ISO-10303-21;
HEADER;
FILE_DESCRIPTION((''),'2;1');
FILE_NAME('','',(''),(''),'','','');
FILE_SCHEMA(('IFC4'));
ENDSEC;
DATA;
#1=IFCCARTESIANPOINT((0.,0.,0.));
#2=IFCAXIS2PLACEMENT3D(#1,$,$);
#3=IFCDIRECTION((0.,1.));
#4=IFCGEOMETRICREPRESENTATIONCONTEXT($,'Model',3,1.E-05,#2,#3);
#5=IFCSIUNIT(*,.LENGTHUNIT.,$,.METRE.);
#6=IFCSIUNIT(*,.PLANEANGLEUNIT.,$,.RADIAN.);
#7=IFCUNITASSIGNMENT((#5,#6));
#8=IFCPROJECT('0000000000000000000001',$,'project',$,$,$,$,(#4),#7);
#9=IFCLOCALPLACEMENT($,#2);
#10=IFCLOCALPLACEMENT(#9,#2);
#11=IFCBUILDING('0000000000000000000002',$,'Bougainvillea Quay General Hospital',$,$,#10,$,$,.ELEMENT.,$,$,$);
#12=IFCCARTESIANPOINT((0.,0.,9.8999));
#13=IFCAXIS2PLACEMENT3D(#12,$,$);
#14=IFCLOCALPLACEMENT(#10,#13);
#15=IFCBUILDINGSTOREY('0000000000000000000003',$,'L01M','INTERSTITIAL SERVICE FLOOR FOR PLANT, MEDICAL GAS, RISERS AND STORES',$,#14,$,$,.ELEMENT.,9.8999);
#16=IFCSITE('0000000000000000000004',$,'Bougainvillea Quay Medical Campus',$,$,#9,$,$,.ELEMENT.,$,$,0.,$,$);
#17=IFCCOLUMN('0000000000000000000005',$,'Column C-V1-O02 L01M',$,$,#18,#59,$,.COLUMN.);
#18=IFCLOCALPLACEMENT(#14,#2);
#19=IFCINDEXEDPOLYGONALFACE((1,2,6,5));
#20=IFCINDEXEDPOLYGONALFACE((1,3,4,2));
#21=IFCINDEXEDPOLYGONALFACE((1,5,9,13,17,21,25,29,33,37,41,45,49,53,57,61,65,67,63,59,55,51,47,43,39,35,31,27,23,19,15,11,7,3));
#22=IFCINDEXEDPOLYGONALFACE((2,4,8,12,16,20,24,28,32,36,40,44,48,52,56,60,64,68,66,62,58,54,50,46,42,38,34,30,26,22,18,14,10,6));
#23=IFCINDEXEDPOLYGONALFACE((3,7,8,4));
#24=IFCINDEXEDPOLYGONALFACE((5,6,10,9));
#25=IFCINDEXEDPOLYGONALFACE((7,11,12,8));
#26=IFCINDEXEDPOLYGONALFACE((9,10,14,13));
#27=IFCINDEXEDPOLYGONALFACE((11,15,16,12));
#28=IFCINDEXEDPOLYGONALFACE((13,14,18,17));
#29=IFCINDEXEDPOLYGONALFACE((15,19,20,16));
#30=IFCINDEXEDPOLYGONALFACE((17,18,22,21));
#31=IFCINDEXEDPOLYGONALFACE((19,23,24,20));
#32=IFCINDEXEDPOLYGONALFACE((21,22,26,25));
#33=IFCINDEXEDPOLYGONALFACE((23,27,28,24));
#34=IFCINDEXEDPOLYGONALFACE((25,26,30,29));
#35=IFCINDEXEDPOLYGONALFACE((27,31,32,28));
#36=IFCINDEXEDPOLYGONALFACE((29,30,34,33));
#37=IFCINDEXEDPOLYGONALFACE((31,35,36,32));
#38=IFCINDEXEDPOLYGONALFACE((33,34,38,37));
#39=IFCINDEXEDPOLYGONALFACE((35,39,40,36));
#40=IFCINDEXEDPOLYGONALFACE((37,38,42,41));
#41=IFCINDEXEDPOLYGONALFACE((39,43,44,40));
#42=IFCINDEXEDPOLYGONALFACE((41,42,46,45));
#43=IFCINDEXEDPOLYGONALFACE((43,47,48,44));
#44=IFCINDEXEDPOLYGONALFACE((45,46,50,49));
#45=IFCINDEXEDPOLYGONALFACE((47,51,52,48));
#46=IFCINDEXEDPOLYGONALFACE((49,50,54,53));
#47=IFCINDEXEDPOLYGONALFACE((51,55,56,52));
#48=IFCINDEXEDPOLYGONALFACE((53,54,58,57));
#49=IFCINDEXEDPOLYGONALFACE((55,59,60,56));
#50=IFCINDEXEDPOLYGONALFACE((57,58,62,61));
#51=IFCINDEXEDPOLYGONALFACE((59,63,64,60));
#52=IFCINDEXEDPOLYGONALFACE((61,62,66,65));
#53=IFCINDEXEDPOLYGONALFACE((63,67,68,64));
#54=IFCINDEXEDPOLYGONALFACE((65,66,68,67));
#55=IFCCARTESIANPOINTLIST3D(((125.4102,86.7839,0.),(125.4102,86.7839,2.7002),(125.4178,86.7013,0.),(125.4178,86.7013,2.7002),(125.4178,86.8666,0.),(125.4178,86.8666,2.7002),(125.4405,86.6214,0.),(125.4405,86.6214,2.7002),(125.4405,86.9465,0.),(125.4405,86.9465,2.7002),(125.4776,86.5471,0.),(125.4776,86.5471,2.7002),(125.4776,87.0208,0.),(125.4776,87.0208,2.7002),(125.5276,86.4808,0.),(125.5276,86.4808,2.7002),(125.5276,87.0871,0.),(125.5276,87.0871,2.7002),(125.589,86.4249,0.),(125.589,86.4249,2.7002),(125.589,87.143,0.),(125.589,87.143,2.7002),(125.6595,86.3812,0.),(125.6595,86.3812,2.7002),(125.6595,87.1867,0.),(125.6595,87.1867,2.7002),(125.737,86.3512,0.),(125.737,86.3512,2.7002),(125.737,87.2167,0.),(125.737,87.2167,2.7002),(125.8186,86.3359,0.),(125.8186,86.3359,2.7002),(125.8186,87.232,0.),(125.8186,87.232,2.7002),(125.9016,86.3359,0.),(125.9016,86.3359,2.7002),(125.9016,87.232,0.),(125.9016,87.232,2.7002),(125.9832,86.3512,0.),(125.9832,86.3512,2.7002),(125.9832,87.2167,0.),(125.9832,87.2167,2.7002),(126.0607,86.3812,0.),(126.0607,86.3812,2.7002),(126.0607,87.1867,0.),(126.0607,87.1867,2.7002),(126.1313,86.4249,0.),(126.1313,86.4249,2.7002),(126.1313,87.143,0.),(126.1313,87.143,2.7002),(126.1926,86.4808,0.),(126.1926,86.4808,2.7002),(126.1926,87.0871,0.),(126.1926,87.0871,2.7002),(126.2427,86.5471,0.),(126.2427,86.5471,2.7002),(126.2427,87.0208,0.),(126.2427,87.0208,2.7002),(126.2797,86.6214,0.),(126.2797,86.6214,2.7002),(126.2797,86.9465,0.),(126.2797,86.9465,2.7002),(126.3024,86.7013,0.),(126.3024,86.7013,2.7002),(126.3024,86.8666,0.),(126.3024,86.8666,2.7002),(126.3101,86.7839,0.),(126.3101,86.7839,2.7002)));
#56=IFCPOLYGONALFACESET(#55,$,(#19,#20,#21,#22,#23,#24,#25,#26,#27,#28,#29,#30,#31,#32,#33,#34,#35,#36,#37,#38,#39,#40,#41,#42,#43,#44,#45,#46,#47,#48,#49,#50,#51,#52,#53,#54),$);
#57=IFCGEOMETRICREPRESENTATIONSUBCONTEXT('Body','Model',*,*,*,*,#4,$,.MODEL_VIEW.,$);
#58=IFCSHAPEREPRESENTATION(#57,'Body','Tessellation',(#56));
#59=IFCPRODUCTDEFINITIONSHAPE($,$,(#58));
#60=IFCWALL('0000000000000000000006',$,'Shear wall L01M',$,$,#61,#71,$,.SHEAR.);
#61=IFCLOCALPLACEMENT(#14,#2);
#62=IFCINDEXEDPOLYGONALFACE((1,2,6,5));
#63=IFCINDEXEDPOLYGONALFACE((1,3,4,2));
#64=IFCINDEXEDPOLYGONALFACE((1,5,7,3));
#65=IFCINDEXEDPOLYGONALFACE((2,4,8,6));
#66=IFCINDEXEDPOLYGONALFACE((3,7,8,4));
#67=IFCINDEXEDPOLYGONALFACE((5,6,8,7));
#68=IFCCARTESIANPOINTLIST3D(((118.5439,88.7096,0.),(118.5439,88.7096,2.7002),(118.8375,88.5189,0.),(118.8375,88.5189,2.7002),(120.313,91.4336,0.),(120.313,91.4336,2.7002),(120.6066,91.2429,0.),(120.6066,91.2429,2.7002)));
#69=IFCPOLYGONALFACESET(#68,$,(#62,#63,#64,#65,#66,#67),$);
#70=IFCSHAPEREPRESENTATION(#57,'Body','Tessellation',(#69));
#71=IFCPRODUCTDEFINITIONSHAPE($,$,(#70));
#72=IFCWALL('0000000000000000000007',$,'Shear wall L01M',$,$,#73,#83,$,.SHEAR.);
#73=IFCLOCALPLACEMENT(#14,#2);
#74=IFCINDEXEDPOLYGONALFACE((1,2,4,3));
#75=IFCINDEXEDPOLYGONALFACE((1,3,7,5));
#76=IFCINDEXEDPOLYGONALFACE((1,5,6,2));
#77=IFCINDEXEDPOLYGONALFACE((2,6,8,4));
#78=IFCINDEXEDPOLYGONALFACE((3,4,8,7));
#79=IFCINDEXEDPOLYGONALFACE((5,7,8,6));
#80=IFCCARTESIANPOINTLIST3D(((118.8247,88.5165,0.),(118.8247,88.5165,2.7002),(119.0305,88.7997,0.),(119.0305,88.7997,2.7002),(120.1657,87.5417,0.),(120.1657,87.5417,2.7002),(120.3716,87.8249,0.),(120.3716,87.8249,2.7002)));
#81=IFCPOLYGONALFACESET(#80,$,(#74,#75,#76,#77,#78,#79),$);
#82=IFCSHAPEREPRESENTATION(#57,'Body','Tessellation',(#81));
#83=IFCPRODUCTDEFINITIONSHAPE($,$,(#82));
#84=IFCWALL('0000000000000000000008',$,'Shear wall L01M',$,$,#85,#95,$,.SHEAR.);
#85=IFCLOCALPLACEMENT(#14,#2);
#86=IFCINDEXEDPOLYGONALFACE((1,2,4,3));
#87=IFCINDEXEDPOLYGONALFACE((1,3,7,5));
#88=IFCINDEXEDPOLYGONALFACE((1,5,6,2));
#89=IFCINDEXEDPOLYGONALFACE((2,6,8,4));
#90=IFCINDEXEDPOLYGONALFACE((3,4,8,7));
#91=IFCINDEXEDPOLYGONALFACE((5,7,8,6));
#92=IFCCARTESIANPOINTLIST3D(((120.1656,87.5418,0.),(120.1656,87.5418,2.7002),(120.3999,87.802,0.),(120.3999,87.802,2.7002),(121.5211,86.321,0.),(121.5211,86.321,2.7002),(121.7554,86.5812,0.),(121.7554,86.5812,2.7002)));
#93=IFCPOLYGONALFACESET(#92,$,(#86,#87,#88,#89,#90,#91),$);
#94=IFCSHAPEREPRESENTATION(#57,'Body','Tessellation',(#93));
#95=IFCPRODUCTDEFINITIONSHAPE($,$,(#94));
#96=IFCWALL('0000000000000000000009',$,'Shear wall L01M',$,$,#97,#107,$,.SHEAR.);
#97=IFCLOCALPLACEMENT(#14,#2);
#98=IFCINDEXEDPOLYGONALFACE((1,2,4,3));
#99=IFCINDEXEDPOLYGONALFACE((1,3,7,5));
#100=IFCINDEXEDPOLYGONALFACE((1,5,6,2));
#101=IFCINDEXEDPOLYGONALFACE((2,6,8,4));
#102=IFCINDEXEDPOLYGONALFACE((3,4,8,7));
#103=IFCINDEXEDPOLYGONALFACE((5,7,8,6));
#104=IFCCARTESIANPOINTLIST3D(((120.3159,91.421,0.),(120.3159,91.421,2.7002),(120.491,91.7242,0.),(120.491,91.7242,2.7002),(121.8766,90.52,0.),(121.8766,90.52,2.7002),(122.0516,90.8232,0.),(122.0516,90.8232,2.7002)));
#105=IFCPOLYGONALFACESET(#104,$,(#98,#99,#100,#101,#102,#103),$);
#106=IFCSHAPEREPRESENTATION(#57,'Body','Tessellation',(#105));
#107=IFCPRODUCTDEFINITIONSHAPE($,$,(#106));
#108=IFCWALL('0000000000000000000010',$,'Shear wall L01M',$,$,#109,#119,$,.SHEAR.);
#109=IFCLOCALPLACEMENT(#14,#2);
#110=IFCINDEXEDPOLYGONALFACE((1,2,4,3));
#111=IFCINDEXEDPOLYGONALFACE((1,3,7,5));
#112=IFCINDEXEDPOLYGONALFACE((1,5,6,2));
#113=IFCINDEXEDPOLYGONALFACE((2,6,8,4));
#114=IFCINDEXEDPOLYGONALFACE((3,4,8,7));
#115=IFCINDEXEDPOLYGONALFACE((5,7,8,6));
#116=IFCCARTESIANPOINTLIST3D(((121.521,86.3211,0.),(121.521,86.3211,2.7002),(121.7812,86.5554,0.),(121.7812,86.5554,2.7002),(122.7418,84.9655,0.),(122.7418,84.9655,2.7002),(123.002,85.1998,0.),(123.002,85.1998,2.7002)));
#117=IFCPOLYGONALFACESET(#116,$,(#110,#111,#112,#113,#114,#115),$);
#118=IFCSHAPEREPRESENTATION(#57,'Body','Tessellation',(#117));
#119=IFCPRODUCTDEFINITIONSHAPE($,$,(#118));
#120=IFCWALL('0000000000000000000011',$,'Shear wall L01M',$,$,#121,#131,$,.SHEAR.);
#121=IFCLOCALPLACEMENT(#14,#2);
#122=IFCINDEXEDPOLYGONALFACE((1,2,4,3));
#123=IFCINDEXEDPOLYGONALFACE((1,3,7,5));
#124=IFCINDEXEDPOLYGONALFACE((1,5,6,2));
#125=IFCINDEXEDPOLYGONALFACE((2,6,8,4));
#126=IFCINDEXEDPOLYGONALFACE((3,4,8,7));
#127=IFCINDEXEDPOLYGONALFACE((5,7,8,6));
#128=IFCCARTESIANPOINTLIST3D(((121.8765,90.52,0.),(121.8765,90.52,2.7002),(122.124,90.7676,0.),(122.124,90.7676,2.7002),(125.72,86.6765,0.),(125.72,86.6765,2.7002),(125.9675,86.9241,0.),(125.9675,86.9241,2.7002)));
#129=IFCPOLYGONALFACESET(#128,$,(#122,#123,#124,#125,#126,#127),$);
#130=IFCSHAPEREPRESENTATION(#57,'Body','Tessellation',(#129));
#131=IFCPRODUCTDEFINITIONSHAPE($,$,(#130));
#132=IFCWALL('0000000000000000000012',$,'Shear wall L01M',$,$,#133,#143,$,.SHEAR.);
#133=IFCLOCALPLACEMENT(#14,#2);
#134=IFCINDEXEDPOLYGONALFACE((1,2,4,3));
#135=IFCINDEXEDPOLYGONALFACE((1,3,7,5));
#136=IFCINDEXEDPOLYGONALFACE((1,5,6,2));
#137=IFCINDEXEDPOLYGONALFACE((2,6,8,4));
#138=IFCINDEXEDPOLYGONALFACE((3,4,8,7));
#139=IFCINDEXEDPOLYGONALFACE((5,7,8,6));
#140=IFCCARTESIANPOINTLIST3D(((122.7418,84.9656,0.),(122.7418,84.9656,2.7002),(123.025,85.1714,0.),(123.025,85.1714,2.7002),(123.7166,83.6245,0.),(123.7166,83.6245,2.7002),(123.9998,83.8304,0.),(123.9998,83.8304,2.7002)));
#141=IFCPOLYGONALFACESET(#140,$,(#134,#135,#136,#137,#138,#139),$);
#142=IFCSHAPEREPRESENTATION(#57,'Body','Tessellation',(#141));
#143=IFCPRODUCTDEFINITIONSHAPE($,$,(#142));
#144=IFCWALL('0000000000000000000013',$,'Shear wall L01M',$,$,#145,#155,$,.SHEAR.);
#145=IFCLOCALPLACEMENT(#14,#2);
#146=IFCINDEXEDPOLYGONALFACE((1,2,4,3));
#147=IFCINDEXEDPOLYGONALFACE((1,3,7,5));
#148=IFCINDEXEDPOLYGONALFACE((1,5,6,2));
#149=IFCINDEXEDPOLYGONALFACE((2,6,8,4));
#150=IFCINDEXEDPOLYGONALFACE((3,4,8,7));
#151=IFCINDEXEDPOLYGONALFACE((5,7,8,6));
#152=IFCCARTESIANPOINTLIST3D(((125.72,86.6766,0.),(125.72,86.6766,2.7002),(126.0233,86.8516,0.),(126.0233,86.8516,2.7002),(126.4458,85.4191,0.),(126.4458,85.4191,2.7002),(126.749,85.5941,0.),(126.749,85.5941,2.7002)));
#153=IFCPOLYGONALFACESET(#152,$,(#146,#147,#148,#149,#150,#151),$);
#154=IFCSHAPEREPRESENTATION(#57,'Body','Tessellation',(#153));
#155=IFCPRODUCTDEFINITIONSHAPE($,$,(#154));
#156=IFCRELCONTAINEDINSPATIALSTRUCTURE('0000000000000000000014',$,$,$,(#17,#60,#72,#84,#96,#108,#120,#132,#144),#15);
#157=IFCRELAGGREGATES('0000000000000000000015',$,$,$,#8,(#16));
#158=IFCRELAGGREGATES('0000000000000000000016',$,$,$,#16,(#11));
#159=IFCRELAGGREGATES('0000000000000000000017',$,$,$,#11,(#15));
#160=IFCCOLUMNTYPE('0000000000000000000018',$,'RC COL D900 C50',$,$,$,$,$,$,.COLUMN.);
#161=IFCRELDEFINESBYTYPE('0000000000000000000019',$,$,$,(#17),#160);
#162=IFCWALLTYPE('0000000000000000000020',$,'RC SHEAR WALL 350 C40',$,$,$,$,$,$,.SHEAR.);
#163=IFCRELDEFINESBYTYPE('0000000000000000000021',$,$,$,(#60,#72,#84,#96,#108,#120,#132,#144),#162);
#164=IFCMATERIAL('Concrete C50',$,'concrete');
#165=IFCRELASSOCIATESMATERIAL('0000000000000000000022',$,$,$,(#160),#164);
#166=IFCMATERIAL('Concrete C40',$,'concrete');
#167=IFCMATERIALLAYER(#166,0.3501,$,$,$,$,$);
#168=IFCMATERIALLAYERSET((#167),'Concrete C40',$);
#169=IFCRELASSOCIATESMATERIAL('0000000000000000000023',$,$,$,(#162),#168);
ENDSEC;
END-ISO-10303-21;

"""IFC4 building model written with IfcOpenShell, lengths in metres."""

from ifc_helpers import new_model, si_unit, direction, frame, frame_2d, origin, origin_2d, place, context, subcontext, project, spatial, rectangle, circle, extrude, material, layer, layer_set, material_profile, profile_set, type_object, element, save


model = new_model("IFC4")

# Units and contexts
model_context = context("Model", 3, precision=1e-05, world=origin(), true_north=direction((0.0, 1.0)))
body_context = subcontext(model_context, "Body", "Model", "MODEL_VIEW")
ifc_project = project(units=[si_unit("LENGTHUNIT", "METRE"), si_unit("PLANEANGLEUNIT", "RADIAN")], contexts=[model_context])

# Site, building, storey
site_placement = place(None, origin())
site = spatial("IfcSite", under=ifc_project, at=site_placement, Name="Bougainvillea Quay Medical Campus", CompositionType="ELEMENT", RefElevation=0.0)
building_placement = place(site_placement, origin())
building = spatial("IfcBuilding", under=site, at=building_placement, Name="Bougainvillea Quay General Hospital", CompositionType="ELEMENT")
storey_placement = place(building_placement, frame((0.0, 0.0, 9.8999)))
storey = spatial("IfcBuildingStorey", under=building, at=storey_placement, Name="L01M", Description="INTERSTITIAL SERVICE FLOOR FOR PLANT, MEDICAL GAS, RISERS AND STORES", CompositionType="ELEMENT", Elevation=9.8999)

# Column
ifc_material_1 = material(Name="Concrete C50", Category="concrete")
ifc_material_profile = material_profile(ifc_material_1, circle(Radius=0.45, at=origin_2d()))
ifc_profile_set = profile_set([ifc_material_profile], Name="Concrete C50")
column_type = type_object("IfcColumnType", Name="RC COL D900 C50", PredefinedType="COLUMN", material=ifc_profile_set)
for number, where, z_axis, x_axis, name in (
    (1, (125.8601, 86.7839, 0.0), (0.0, 0.0, 1.0), (1.0, 0.0, 0.0), "Column C-V1-O02 L01M"),
):
    element("IfcColumn", number, at=place(storey_placement, frame(where, z_axis=z_axis, x_axis=x_axis)), inside=storey, type_object=column_type, Name=name, PredefinedType="COLUMN", context=body_context, shape_type="SweptSolid", body=[
        extrude(circle(Radius=0.45, at=origin_2d()), origin(), (0.0, 0.0, 1.0), 2.7002),
    ])

# Walls
ifc_material_2 = material(Name="Concrete C40", Category="concrete")
ifc_layer = layer(ifc_material_2, 0.3501)
ifc_layer_set = layer_set([ifc_layer], Name="Concrete C40")
wall_type = type_object("IfcWallType", Name="RC SHEAR WALL 350 C40", PredefinedType="SHEAR", material=ifc_layer_set)
wall_1_placement = place(storey_placement, frame((118.6907, 88.6143, 0.0), z_axis=(0.0, 0.0, 1.0), x_axis=(0.544669, 0.838651, 0.0)))
element("IfcWall", 2, at=wall_1_placement, inside=storey, type_object=wall_type, Name="Shear wall L01M", PredefinedType="SHEAR", context=body_context, shape_type="SweptSolid", body=[
    extrude(rectangle(XDim=3.248, YDim=0.3501, at=frame_2d((1.624, 0.0))), origin(), (0.0, 0.0, 1.0), 2.7002),
])
wall_2_placement = place(storey_placement, frame((118.9275, 88.6582, 0.0), z_axis=(0.0, 0.0, 1.0), x_axis=(0.80887, -0.587988, 0.0)))
element("IfcWall", 3, at=wall_2_placement, inside=storey, type_object=wall_type, Name="Shear wall L01M", PredefinedType="SHEAR", context=body_context, shape_type="SweptSolid", body=[
    extrude(rectangle(XDim=1.658, YDim=0.3501, at=frame_2d((0.8291, 0.0))), origin(), (0.0, 0.0, 1.0), 2.7002),
])
wall_3_placement = place(storey_placement, frame((120.2827, 87.6719, 0.0), z_axis=(0.0, 0.0, 1.0), x_axis=(0.743081, -0.669201, 0.0)))
element("IfcWall", 4, at=wall_3_placement, inside=storey, type_object=wall_type, Name="Shear wall L01M", PredefinedType="SHEAR", context=body_context, shape_type="SweptSolid", body=[
    extrude(rectangle(XDim=1.8242, YDim=0.3501, at=frame_2d((0.9121, 0.0))), origin(), (0.0, 0.0, 1.0), 2.7002),
])
wall_4_placement = place(storey_placement, frame((120.4036, 91.5725, 0.0), z_axis=(0.0, 0.0, 1.0), x_axis=(0.86605, -0.499957, 0.0)))
element("IfcWall", 5, at=wall_4_placement, inside=storey, type_object=wall_type, Name="Shear wall L01M", PredefinedType="SHEAR", context=body_context, shape_type="SweptSolid", body=[
    extrude(rectangle(XDim=1.802, YDim=0.3501, at=frame_2d((0.9009, 0.0))), origin(), (0.0, 0.0, 1.0), 2.7002),
])
wall_5_placement = place(storey_placement, frame((121.6511, 86.4382, 0.0), z_axis=(0.0, 0.0, 1.0), x_axis=(0.669201, -0.743081, 0.0)))
element("IfcWall", 6, at=wall_5_placement, inside=storey, type_object=wall_type, Name="Shear wall L01M", PredefinedType="SHEAR", context=body_context, shape_type="SweptSolid", body=[
    extrude(rectangle(XDim=1.8242, YDim=0.3501, at=frame_2d((0.9121, 0.0))), origin(), (0.0, 0.0, 1.0), 2.7002),
])
wall_6_placement = place(storey_placement, frame((122.0002, 90.6438, 0.0), z_axis=(0.0, 0.0, 1.0), x_axis=(0.707107, -0.707107, 0.0)))
element("IfcWall", 7, at=wall_6_placement, inside=storey, type_object=wall_type, Name="Shear wall L01M", PredefinedType="SHEAR", context=body_context, shape_type="SweptSolid", body=[
    extrude(rectangle(XDim=5.4355, YDim=0.3501, at=frame_2d((2.7178, 0.0))), origin(), (0.0, 0.0, 1.0), 2.7002),
])
wall_7_placement = place(storey_placement, frame((122.8833, 85.0686, 0.0), z_axis=(0.0, 0.0, 1.0), x_axis=(0.587988, -0.80887, 0.0)))
element("IfcWall", 8, at=wall_7_placement, inside=storey, type_object=wall_type, Name="Shear wall L01M", PredefinedType="SHEAR", context=body_context, shape_type="SweptSolid", body=[
    extrude(rectangle(XDim=1.658, YDim=0.3501, at=frame_2d((0.8291, 0.0))), origin(), (0.0, 0.0, 1.0), 2.7002),
])
wall_8_placement = place(storey_placement, frame((125.8716, 86.7642, 0.0), z_axis=(0.0, 0.0, 1.0), x_axis=(0.499883, -0.866093, 0.0)))
element("IfcWall", 9, at=wall_8_placement, inside=storey, type_object=wall_type, Name="Shear wall L01M", PredefinedType="SHEAR", context=body_context, shape_type="SweptSolid", body=[
    extrude(rectangle(XDim=1.4519, YDim=0.3501, at=frame_2d((0.7261, 0.0))), origin(), (0.0, 0.0, 1.0), 2.7002),
])

save(model, "model.ifc")
